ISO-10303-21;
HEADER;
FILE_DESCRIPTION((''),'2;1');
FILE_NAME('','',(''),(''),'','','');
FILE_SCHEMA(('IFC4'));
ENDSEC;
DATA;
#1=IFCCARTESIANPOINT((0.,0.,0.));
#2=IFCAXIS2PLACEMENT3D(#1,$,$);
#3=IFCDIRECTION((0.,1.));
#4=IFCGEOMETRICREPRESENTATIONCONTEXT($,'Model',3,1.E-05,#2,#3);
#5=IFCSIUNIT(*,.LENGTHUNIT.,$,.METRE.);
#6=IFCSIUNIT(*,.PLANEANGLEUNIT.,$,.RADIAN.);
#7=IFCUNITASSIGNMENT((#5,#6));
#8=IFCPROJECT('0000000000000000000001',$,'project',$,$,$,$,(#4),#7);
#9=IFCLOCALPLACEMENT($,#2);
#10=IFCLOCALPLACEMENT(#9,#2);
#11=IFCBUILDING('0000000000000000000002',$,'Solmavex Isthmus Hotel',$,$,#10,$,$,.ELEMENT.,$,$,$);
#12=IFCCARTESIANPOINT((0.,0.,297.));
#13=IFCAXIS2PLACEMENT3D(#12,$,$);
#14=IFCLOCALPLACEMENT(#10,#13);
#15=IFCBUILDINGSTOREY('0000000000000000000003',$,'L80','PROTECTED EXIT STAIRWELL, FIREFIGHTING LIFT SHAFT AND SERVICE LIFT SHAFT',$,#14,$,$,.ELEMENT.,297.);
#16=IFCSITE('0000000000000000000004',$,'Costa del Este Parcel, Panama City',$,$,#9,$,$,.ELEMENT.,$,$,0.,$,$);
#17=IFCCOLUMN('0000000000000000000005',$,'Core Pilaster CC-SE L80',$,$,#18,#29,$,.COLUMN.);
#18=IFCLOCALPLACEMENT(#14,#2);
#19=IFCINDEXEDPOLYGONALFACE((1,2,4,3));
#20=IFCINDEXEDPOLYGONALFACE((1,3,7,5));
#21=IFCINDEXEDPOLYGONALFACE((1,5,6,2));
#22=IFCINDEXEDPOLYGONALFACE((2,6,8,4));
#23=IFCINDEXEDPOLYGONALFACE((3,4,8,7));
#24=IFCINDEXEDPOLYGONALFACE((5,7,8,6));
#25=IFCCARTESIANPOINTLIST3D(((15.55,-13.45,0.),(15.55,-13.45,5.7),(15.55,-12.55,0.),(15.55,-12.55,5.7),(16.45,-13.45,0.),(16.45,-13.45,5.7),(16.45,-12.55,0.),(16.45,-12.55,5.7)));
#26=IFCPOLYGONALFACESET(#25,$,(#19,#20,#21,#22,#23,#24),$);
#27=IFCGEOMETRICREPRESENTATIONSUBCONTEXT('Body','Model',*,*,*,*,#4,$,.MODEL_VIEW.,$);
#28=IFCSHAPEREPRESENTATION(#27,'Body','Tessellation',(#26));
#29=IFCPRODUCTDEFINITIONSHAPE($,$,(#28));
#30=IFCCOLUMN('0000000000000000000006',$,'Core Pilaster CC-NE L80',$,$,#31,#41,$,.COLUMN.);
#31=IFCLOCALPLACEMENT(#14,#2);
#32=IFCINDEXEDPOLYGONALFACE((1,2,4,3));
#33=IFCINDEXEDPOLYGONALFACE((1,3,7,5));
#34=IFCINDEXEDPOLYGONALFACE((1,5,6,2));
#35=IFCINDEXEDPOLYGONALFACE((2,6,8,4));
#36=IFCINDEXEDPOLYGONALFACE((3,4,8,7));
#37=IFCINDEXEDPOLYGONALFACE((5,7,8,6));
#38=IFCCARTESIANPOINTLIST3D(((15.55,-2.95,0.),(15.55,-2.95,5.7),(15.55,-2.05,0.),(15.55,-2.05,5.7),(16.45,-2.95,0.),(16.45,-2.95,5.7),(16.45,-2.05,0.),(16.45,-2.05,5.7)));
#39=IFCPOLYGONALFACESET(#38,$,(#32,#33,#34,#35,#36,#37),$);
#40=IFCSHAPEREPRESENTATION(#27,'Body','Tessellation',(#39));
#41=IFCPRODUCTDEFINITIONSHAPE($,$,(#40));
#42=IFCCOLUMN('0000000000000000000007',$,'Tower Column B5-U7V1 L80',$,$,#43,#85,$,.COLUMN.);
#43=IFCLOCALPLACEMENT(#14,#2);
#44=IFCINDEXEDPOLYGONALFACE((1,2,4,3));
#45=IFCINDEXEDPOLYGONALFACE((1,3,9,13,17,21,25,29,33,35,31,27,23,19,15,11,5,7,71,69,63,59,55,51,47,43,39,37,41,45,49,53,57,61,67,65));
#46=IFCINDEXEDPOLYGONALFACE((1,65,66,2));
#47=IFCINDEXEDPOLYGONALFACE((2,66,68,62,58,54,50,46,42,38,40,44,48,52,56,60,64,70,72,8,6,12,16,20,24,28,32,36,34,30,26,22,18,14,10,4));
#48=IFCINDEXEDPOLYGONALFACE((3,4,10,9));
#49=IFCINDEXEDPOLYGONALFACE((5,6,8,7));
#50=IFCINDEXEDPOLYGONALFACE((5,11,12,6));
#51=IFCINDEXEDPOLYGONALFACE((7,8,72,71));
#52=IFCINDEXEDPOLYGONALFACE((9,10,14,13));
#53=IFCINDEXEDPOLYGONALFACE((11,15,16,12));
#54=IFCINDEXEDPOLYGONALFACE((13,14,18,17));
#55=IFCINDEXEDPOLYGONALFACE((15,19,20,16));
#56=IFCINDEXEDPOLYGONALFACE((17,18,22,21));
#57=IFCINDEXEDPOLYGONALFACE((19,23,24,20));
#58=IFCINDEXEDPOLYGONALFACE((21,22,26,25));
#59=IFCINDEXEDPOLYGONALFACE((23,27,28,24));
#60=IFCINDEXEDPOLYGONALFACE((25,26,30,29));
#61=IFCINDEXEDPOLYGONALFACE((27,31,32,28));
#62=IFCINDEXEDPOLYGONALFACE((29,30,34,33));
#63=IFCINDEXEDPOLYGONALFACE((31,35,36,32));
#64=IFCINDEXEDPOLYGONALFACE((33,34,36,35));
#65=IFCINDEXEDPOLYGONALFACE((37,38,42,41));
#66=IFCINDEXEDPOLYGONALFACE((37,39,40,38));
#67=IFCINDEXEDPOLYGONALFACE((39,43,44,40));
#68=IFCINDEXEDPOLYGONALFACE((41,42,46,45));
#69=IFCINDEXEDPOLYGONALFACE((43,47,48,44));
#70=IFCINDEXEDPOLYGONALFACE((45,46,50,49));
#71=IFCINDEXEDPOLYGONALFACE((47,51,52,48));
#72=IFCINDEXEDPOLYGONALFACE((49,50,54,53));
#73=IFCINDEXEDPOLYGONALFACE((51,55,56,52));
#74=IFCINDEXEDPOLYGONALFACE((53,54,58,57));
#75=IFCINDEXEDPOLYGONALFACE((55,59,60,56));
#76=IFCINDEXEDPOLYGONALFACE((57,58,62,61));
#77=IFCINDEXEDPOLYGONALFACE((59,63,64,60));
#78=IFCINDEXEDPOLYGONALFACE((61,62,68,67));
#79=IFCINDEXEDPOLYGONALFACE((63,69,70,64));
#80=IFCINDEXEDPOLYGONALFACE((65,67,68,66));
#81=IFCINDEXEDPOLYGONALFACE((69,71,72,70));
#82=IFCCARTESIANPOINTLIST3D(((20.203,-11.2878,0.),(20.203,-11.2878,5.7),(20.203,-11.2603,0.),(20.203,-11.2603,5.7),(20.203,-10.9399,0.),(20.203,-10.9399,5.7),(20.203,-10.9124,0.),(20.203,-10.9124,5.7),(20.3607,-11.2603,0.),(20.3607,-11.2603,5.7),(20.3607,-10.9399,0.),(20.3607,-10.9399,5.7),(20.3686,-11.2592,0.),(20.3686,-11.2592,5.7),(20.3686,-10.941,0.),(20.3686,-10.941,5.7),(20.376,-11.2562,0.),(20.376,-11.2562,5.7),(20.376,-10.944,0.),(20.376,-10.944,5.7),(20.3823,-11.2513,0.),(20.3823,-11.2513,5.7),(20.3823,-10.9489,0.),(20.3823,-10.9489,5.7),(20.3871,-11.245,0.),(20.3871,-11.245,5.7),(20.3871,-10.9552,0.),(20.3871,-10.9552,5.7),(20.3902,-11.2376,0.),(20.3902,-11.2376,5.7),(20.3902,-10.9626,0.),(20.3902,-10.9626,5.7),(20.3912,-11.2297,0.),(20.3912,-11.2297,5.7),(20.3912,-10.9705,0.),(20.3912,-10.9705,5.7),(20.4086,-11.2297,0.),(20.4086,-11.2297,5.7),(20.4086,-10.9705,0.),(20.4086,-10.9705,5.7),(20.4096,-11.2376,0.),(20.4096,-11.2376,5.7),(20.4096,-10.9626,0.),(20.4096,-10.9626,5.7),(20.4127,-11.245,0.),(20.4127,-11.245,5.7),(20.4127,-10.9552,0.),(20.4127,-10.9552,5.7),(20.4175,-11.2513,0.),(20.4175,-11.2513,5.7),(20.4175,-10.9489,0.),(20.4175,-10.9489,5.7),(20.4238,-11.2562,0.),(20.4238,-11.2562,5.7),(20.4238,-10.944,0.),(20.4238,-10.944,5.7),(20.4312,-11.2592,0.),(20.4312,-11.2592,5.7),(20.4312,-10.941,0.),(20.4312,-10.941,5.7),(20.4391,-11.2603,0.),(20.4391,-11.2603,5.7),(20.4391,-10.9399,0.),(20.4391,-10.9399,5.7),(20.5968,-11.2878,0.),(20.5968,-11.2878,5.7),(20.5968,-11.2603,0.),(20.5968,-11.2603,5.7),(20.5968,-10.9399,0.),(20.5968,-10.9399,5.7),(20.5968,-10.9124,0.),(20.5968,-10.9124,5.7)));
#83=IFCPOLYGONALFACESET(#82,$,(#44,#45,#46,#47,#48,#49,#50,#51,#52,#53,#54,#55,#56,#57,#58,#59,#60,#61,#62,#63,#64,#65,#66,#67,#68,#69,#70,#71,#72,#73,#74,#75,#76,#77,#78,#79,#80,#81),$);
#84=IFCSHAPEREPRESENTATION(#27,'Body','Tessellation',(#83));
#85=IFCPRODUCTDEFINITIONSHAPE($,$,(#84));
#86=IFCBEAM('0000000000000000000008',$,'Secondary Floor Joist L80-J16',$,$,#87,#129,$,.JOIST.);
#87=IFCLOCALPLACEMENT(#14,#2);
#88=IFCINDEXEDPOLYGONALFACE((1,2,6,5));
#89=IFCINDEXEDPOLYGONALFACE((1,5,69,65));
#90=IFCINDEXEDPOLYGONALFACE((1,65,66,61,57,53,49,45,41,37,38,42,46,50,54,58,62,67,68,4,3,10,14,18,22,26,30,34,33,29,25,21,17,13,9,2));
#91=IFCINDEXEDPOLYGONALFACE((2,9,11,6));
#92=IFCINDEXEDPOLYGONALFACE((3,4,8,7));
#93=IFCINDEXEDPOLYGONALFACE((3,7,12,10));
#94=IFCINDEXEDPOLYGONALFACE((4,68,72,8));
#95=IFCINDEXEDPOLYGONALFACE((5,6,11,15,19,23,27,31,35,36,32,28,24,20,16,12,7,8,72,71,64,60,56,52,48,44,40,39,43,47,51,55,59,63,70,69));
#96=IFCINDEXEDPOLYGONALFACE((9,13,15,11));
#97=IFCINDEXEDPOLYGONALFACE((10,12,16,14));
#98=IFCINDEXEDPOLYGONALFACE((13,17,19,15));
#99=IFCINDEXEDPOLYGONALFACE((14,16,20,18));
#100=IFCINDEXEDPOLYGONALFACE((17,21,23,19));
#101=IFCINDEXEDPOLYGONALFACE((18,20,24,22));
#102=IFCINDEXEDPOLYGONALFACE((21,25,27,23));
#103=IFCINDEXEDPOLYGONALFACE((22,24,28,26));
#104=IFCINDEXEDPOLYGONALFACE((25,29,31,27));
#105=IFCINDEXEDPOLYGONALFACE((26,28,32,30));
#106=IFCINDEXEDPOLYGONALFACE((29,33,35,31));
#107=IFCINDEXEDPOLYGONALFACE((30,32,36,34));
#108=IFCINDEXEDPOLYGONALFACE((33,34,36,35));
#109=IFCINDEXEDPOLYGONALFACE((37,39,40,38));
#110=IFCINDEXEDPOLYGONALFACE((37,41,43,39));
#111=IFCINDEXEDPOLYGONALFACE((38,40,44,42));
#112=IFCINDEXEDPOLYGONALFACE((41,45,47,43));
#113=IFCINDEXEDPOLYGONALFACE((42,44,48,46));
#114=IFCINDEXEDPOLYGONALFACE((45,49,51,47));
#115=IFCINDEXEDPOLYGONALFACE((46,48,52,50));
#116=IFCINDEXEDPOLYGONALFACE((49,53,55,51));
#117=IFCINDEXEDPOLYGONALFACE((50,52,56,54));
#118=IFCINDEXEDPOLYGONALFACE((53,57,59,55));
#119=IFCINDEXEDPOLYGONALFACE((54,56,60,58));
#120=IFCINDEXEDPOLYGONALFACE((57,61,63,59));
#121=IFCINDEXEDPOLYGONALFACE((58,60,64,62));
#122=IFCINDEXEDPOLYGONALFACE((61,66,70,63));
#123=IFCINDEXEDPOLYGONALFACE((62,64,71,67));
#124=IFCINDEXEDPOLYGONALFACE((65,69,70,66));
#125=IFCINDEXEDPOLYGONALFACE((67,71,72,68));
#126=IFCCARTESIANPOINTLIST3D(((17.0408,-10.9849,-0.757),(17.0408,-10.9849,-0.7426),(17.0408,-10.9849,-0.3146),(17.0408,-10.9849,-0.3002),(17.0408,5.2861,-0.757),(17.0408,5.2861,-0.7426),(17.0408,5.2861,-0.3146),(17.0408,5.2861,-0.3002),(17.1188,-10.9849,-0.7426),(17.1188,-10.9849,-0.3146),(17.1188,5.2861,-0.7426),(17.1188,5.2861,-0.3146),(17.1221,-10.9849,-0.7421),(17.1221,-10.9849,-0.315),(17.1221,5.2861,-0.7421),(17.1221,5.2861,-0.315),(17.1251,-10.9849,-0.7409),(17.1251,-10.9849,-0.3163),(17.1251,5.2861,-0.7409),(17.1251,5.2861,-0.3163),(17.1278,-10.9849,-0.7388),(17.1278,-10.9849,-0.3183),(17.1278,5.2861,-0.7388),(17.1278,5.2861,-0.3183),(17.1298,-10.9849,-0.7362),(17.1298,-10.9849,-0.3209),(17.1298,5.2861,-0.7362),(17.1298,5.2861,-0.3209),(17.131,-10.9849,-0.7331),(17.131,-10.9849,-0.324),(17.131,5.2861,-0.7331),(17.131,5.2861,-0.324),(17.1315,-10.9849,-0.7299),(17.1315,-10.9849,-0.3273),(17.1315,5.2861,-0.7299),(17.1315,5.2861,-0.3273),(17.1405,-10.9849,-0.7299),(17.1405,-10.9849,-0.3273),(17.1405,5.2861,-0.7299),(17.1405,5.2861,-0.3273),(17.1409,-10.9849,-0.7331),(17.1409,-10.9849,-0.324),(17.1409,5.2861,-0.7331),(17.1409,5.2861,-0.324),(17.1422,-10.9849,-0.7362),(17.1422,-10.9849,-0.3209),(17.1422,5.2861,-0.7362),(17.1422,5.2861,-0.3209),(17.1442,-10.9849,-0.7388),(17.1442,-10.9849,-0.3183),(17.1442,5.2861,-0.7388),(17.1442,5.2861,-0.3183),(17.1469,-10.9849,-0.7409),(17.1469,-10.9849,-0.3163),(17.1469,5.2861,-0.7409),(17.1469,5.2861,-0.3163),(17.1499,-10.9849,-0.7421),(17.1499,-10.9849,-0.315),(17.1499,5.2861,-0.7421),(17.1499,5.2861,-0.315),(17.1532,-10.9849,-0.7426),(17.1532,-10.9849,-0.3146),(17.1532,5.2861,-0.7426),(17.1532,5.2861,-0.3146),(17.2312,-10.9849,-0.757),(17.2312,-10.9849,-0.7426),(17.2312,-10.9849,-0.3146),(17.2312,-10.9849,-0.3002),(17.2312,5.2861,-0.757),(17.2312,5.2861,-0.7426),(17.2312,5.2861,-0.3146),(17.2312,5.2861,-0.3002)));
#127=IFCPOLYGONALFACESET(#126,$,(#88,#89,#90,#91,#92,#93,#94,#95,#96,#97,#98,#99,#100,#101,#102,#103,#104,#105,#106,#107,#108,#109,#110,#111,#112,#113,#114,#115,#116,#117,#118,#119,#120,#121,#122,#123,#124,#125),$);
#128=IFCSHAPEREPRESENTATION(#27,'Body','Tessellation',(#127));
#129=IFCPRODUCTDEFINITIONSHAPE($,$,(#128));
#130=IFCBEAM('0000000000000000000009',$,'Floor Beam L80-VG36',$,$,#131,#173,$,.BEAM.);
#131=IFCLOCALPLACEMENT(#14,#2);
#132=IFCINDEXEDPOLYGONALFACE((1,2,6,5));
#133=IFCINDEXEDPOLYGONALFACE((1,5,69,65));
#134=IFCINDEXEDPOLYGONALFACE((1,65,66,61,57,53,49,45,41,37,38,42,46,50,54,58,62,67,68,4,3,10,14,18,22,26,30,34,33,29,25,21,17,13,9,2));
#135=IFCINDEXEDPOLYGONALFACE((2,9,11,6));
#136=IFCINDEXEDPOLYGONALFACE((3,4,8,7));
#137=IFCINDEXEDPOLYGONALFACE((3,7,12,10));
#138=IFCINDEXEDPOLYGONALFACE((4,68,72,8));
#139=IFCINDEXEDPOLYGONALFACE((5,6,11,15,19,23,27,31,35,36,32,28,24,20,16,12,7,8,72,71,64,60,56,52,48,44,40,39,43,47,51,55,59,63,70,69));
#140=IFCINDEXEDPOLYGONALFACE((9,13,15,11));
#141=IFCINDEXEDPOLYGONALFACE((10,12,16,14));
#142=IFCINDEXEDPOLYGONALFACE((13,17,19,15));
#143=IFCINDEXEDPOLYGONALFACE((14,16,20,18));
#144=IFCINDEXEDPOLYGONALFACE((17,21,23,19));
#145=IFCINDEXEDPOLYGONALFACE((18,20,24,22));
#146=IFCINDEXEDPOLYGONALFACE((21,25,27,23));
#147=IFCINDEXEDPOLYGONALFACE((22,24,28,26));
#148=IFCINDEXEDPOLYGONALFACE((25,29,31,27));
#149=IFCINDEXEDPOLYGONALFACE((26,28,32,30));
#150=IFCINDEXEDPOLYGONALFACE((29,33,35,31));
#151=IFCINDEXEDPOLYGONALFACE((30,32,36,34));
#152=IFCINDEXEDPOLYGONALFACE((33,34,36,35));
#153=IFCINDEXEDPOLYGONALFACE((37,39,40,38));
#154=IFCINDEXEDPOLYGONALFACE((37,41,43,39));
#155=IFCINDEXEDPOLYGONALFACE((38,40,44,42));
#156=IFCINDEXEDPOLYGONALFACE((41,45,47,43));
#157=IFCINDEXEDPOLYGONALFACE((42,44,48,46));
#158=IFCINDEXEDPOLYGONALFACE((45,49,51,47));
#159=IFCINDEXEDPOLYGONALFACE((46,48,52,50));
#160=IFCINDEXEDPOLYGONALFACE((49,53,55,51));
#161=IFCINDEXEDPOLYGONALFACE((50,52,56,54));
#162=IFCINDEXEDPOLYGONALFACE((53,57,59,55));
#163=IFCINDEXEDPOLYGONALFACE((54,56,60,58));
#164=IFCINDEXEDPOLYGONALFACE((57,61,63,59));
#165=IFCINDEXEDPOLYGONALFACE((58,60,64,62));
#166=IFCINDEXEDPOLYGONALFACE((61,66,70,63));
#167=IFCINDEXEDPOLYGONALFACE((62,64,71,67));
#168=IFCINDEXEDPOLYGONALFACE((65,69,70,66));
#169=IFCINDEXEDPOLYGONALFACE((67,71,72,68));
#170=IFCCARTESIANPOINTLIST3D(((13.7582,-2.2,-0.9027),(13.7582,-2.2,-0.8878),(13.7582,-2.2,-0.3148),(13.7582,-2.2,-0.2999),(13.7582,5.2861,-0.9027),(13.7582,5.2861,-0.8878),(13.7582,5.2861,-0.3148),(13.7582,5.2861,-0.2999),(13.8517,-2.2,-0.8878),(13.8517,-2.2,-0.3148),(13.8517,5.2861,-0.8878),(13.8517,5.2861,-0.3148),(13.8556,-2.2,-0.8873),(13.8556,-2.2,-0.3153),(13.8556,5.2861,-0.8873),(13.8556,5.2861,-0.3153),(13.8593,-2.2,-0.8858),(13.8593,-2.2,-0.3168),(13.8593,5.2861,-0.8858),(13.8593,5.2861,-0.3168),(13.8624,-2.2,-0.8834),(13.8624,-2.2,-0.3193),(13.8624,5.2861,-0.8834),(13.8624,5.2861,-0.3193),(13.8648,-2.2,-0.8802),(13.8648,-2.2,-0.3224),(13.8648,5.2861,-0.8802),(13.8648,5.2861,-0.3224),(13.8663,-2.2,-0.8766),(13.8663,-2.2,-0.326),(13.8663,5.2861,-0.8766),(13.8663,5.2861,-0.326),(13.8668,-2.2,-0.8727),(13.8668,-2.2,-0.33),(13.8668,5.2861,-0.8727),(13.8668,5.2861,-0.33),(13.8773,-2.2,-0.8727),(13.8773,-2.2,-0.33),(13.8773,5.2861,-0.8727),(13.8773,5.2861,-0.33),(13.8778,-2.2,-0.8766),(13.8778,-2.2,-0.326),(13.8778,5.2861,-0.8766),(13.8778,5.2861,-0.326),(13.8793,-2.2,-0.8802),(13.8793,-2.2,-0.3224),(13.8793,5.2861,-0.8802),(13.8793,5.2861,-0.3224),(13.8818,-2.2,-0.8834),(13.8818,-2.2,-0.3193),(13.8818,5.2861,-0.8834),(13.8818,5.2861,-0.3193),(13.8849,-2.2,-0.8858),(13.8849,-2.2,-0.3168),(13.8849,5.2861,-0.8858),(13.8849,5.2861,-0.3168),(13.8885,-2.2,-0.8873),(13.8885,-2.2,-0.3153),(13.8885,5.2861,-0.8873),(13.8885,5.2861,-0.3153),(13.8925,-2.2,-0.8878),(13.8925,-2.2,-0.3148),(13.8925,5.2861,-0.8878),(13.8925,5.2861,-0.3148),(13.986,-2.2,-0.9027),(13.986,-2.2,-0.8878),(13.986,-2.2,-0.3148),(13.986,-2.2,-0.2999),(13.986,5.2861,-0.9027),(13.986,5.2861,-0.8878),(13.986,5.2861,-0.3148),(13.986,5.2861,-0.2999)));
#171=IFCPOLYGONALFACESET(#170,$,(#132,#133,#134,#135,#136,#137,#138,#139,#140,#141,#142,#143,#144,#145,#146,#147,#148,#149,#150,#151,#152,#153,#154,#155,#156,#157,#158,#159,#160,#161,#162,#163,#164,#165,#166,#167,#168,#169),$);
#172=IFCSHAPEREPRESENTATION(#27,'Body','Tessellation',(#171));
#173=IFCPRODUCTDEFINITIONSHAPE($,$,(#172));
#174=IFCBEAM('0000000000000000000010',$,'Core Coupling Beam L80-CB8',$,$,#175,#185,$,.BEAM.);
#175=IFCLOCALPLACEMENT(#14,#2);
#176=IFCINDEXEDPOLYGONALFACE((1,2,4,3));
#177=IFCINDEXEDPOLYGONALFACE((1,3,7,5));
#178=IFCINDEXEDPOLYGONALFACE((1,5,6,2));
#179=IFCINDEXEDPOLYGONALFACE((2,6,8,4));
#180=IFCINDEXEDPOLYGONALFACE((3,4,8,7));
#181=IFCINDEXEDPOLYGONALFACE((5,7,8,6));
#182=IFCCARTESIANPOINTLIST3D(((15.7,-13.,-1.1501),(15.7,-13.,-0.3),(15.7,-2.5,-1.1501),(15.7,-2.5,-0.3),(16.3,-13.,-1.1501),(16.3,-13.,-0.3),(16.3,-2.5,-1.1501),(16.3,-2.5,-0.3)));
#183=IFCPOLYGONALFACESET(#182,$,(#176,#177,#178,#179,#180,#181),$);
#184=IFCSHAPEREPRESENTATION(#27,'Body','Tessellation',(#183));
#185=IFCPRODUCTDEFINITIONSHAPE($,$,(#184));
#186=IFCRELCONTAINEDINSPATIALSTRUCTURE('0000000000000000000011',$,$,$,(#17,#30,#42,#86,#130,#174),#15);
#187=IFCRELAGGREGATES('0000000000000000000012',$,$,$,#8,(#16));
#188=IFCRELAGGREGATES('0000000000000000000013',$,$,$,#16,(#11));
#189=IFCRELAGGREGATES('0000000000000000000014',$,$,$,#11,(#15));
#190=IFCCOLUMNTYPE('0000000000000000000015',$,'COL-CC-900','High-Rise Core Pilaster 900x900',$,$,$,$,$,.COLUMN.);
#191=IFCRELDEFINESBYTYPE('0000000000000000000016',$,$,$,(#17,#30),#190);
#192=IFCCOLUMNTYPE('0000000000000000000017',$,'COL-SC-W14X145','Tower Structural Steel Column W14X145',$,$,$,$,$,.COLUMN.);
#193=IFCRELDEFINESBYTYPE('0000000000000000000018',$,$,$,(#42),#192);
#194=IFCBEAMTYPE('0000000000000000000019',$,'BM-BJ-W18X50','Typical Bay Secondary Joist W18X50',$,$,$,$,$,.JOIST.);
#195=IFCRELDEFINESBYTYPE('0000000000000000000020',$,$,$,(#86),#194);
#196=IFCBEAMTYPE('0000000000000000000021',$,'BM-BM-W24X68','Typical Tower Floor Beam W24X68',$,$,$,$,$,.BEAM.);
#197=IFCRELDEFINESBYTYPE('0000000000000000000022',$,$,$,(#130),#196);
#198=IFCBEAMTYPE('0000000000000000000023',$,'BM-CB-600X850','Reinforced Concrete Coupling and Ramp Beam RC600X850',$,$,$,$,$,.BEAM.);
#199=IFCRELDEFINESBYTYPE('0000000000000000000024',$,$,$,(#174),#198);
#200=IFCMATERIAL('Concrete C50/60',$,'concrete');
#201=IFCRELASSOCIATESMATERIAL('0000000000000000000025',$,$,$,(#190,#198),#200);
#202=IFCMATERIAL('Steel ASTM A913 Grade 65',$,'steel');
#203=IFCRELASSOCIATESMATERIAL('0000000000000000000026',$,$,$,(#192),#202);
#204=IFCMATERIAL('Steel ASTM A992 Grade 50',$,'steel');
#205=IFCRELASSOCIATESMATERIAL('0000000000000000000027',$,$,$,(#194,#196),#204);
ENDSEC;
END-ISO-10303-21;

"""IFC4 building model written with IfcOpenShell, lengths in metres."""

from ifc_helpers import new_model, si_unit, direction, frame, origin, origin_2d, place, context, subcontext, project, spatial, rectangle, i_section, extrude, material, material_profile, profile_set, type_object, element, save


model = new_model("IFC4")

# Units and contexts
model_context = context("Model", 3, precision=1e-05, world=origin(), true_north=direction((0.0, 1.0)))
body_context = subcontext(model_context, "Body", "Model", "MODEL_VIEW")
ifc_project = project(units=[si_unit("LENGTHUNIT", "METRE"), si_unit("PLANEANGLEUNIT", "RADIAN")], contexts=[model_context])

# Site, building, storey
site_placement = place(None, origin())
site = spatial("IfcSite", under=ifc_project, at=site_placement, Name="Costa del Este Parcel, Panama City", CompositionType="ELEMENT", RefElevation=0.0)
building_placement = place(site_placement, origin())
building = spatial("IfcBuilding", under=site, at=building_placement, Name="Solmavex Isthmus Hotel", CompositionType="ELEMENT")
storey_placement = place(building_placement, frame((0.0, 0.0, 297.0)))
storey = spatial("IfcBuildingStorey", under=building, at=storey_placement, Name="L80", Description="PROTECTED EXIT STAIRWELL, FIREFIGHTING LIFT SHAFT AND SERVICE LIFT SHAFT", CompositionType="ELEMENT", Elevation=297.0)

# Columns
ifc_material_1 = material(Name="Concrete C50/60", Category="concrete")
ifc_material_profile_1 = material_profile(ifc_material_1, rectangle(XDim=0.8999, YDim=0.8999, at=origin_2d()), Name="RC900X900")
ifc_profile_set_1 = profile_set([ifc_material_profile_1], Name="Concrete C50/60")
column_type_1 = type_object("IfcColumnType", Name="COL-CC-900", Description="High-Rise Core Pilaster 900x900", PredefinedType="COLUMN", material=ifc_profile_set_1)
for number, where, z_axis, x_axis, name in (
    (1, (16.0, -13.0, 0.0), (0.0, 0.0, 1.0), (1.0, 0.0, 0.0), "Core Pilaster CC-SE L80"),
    (2, (16.0, -2.5, 0.0), (0.0, 0.0, 1.0), (1.0, 0.0, 0.0), "Core Pilaster CC-NE L80"),
):
    element("IfcColumn", number, at=place(storey_placement, frame(where, z_axis=z_axis, x_axis=x_axis)), inside=storey, type_object=column_type_1, Name=name, PredefinedType="COLUMN", context=body_context, shape_type="SweptSolid", body=[
        extrude(rectangle(XDim=0.8999, YDim=0.8999, at=origin_2d()), origin(), (0.0, 0.0, 1.0), 5.7),
    ])
ifc_material_2 = material(Name="Steel ASTM A913 Grade 65", Category="steel")
ifc_material_profile_2 = material_profile(ifc_material_2, i_section(OverallWidth=0.3938, OverallDepth=0.3755, WebThickness=0.0173, FlangeThickness=0.0276, FilletRadius=0.0305, at=origin_2d()), Name="W14X145")
ifc_profile_set_2 = profile_set([ifc_material_profile_2], Name="Steel ASTM A913 Grade 65")
column_type_2 = type_object("IfcColumnType", Name="COL-SC-W14X145", Description="Tower Structural Steel Column W14X145", PredefinedType="COLUMN", material=ifc_profile_set_2)
column_placement = place(storey_placement, frame((20.3999, -11.1001, 0.0), z_axis=(0.0, 0.0, 1.0), x_axis=(1.0, 0.0, 0.0)))
element("IfcColumn", 3, at=column_placement, inside=storey, type_object=column_type_2, Name="Tower Column B5-U7V1 L80", PredefinedType="COLUMN", context=body_context, shape_type="SweptSolid", body=[
    extrude(i_section(OverallWidth=0.3938, OverallDepth=0.3755, WebThickness=0.0173, FlangeThickness=0.0276, FilletRadius=0.0305, at=origin_2d()), origin(), (0.0, 0.0, 1.0), 5.7),
])

# Beams
ifc_material_3 = material(Name="Steel ASTM A992 Grade 50", Category="steel")
ifc_material_profile_3 = material_profile(ifc_material_3, i_section(OverallWidth=0.1904, OverallDepth=0.4568, WebThickness=0.009, FlangeThickness=0.0144, FilletRadius=0.0127, at=origin_2d()), Name="W18X50")
ifc_profile_set_3 = profile_set([ifc_material_profile_3], Name="Steel ASTM A992 Grade 50")
beam_type_1 = type_object("IfcBeamType", Name="BM-BJ-W18X50", Description="Typical Bay Secondary Joist W18X50", PredefinedType="JOIST", material=ifc_profile_set_3)
beam_1_placement = place(storey_placement, frame((17.136, -10.9849, -0.5286), z_axis=(0.0, 1.0, 0.0), x_axis=(-1.0, 0.0, 0.0)))
element("IfcBeam", 4, at=beam_1_placement, inside=storey, type_object=beam_type_1, Name="Secondary Floor Joist L80-J16", PredefinedType="JOIST", context=body_context, shape_type="SweptSolid", body=[
    extrude(i_section(OverallWidth=0.1904, OverallDepth=0.4568, WebThickness=0.009, FlangeThickness=0.0144, FilletRadius=0.0127, at=origin_2d()), origin(), (0.0, 0.0, 1.0), 16.271),
])
ifc_material_profile_4 = material_profile(ifc_material_3, i_section(OverallWidth=0.2278, OverallDepth=0.6028, WebThickness=0.0105, FlangeThickness=0.0149, FilletRadius=0.0151, at=origin_2d()), Name="W24X68")
ifc_profile_set_4 = profile_set([ifc_material_profile_4], Name="Steel ASTM A992 Grade 50")
beam_type_2 = type_object("IfcBeamType", Name="BM-BM-W24X68", Description="Typical Tower Floor Beam W24X68", PredefinedType="BEAM", material=ifc_profile_set_4)
beam_2_placement = place(storey_placement, frame((13.8721, -2.2, -0.6013), z_axis=(0.0, 1.0, 0.0), x_axis=(-1.0, 0.0, 0.0)))
element("IfcBeam", 5, at=beam_2_placement, inside=storey, type_object=beam_type_2, Name="Floor Beam L80-VG36", PredefinedType="BEAM", context=body_context, shape_type="SweptSolid", body=[
    extrude(i_section(OverallWidth=0.2278, OverallDepth=0.6028, WebThickness=0.0105, FlangeThickness=0.0149, FilletRadius=0.0151, at=origin_2d()), origin(), (0.0, 0.0, 1.0), 7.4861),
])
ifc_material_profile_5 = material_profile(ifc_material_1, rectangle(XDim=0.6001, YDim=0.8501, at=origin_2d()), Name="RC600X850")
ifc_profile_set_5 = profile_set([ifc_material_profile_5], Name="Concrete C50/60")
beam_type_3 = type_object("IfcBeamType", Name="BM-CB-600X850", Description="Reinforced Concrete Coupling and Ramp Beam RC600X850", PredefinedType="BEAM", material=ifc_profile_set_5)
beam_3_placement = place(storey_placement, frame((16.0, -13.0, -0.7251), z_axis=(0.0, 1.0, 0.0), x_axis=(-1.0, 0.0, 0.0)))
element("IfcBeam", 6, at=beam_3_placement, inside=storey, type_object=beam_type_3, Name="Core Coupling Beam L80-CB8", PredefinedType="BEAM", context=body_context, shape_type="SweptSolid", body=[
    extrude(rectangle(XDim=0.6001, YDim=0.8501, at=origin_2d()), origin(), (0.0, 0.0, 1.0), 10.5),
])

save(model, "model.ifc")
